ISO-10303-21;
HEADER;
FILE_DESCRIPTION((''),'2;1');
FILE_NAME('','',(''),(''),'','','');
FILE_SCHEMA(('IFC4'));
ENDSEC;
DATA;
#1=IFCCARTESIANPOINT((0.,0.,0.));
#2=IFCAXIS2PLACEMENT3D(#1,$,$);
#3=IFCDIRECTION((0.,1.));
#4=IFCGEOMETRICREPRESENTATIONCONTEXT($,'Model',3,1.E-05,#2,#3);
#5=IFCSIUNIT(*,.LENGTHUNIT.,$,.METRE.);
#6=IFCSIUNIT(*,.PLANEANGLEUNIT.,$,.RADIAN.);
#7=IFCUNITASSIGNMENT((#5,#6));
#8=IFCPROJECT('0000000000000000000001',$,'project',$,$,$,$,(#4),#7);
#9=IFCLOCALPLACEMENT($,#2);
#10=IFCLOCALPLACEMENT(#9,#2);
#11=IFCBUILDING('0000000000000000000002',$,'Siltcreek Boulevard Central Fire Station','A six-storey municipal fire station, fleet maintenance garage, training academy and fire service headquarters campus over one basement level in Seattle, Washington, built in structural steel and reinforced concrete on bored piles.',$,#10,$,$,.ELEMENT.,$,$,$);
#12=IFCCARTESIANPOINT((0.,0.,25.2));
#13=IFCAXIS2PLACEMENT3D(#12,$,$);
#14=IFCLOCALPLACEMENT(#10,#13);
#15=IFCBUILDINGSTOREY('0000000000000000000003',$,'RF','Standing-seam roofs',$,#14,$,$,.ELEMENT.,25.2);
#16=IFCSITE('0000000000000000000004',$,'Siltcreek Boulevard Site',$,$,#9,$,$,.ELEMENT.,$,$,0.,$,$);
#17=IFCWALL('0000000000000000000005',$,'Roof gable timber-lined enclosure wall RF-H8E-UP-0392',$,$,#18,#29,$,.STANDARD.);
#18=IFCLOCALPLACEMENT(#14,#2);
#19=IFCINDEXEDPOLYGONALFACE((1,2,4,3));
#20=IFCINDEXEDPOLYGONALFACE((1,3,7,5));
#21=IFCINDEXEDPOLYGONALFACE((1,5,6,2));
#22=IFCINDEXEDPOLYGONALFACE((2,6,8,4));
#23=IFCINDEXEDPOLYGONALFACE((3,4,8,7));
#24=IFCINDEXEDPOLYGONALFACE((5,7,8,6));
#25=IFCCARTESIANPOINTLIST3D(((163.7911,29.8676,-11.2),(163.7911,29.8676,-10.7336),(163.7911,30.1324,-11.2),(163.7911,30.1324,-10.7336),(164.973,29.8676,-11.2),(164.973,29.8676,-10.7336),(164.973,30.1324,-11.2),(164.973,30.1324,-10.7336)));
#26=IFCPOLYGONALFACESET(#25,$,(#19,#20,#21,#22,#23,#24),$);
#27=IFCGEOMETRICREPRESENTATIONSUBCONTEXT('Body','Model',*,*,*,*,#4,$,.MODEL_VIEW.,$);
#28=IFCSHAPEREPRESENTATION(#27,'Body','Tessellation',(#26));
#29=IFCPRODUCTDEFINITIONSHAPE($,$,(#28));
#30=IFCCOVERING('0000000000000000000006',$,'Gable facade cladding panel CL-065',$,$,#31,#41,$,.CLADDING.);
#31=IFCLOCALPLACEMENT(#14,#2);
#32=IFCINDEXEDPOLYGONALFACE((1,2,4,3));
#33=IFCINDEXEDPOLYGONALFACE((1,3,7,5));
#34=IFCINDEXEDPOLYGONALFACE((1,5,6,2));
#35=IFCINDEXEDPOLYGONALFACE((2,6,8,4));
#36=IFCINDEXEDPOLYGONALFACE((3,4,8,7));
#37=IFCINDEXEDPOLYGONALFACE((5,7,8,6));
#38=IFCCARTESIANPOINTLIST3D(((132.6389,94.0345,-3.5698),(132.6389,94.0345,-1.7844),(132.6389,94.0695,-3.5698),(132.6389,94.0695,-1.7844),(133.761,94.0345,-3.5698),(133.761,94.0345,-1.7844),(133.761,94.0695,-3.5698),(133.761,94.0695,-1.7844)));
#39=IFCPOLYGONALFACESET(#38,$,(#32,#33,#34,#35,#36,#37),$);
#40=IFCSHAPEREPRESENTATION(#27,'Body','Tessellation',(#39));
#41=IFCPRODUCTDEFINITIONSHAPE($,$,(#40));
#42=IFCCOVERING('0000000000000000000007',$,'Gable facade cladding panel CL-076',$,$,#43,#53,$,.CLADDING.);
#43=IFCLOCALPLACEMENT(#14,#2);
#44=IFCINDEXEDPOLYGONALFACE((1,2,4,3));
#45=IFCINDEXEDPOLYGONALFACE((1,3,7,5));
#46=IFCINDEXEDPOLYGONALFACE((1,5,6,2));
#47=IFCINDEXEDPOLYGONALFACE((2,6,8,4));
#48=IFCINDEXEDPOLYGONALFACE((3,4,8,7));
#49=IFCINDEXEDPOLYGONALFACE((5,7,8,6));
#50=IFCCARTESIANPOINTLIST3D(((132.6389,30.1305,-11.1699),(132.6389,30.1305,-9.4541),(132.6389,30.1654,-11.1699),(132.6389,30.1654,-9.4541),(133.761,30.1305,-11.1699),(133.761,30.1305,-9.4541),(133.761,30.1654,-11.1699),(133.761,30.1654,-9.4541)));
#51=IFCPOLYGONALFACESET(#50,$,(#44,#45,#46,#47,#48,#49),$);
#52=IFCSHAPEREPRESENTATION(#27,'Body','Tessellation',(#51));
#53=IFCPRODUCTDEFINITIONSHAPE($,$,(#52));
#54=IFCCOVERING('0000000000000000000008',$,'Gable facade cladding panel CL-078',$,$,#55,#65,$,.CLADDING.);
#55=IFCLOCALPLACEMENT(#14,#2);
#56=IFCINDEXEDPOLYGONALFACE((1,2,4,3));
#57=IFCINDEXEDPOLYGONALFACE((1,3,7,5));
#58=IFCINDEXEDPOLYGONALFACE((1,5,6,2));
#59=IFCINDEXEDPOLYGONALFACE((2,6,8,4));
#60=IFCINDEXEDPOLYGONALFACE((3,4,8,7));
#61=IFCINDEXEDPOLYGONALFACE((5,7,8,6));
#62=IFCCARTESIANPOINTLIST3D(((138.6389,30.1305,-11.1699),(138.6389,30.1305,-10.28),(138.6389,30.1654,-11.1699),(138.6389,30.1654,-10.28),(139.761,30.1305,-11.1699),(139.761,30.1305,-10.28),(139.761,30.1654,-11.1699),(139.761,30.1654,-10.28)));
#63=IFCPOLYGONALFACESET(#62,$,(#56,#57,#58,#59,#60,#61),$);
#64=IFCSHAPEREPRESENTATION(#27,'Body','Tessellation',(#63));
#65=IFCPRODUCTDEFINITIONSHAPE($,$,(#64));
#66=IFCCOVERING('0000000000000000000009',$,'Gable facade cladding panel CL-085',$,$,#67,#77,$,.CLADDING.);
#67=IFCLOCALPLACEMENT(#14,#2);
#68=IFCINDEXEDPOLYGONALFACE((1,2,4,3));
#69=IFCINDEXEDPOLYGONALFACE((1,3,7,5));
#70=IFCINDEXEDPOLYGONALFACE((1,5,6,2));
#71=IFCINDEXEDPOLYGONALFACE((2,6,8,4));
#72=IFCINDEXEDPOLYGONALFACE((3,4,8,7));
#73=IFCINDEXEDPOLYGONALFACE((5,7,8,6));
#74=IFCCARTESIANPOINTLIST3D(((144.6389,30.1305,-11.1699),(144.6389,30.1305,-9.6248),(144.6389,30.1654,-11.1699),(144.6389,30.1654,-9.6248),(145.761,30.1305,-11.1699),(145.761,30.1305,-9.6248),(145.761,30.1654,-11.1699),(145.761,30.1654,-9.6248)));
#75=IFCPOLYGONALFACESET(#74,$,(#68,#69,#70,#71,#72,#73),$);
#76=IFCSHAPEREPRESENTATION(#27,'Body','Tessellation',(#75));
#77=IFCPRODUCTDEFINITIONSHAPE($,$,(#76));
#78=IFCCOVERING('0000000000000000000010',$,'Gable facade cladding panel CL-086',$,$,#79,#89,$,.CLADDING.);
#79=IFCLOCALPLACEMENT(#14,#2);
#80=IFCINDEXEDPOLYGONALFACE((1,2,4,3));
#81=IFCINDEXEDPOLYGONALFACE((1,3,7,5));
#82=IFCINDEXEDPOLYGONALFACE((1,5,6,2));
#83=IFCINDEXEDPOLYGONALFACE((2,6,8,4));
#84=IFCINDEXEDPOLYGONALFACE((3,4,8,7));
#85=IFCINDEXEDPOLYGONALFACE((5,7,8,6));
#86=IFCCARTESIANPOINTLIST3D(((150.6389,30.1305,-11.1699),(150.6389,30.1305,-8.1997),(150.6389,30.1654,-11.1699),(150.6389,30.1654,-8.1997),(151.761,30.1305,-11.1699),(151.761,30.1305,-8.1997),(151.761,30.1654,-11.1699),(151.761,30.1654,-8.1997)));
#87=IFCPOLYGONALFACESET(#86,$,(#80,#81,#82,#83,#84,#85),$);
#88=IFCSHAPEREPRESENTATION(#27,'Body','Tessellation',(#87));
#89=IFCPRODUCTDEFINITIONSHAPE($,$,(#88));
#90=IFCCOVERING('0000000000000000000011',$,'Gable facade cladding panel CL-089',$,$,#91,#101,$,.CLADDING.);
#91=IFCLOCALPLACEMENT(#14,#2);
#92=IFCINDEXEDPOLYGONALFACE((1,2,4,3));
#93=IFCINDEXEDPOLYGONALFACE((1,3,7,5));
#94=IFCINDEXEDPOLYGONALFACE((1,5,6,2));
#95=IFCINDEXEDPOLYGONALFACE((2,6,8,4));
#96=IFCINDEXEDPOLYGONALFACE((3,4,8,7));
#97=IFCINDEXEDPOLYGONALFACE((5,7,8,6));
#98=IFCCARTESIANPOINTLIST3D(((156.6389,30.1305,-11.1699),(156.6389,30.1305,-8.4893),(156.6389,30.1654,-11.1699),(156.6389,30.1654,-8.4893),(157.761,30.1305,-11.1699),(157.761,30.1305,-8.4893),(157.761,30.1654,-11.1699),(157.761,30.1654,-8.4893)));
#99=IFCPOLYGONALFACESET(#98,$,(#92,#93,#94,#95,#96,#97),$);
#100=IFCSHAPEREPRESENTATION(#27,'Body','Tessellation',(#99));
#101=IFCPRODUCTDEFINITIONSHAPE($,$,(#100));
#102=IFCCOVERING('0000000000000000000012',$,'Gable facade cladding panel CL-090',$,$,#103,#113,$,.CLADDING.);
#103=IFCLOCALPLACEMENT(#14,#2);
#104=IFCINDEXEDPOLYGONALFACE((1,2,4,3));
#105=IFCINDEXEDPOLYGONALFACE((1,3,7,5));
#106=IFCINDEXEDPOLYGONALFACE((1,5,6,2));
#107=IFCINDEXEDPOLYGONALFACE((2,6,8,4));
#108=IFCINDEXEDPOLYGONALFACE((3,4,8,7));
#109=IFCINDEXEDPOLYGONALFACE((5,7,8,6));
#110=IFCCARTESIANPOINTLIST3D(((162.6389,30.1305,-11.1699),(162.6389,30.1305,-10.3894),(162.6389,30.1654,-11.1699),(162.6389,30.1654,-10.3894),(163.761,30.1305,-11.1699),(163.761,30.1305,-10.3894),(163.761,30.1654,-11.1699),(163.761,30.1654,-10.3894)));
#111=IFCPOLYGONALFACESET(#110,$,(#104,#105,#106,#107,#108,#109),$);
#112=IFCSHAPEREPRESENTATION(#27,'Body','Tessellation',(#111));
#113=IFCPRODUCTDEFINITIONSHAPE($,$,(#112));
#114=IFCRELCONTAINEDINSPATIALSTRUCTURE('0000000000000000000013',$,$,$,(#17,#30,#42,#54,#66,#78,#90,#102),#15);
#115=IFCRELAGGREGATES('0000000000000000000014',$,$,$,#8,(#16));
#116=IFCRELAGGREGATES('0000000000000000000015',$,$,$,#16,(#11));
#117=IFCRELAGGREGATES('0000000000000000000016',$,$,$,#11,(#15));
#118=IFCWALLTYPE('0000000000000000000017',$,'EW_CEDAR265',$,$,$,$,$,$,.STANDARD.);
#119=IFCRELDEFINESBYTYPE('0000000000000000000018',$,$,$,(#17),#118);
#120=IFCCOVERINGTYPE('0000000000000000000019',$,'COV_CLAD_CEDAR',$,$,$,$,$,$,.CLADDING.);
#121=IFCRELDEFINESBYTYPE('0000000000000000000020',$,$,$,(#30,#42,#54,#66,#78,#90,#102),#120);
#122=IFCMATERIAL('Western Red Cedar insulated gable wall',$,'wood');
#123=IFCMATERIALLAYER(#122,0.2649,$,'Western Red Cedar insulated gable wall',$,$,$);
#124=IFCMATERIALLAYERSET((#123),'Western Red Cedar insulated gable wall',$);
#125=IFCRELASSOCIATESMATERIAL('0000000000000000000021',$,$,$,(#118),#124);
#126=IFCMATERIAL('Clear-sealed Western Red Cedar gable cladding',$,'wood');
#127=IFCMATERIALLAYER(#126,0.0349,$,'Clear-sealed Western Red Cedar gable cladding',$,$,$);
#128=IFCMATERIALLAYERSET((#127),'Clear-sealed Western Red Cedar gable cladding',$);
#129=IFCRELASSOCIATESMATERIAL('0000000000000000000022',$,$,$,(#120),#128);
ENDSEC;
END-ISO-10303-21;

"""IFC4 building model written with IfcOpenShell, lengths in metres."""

from ifc_helpers import new_model, si_unit, direction, frame, frame_2d, origin, origin_2d, place, context, subcontext, project, spatial, rectangle, extrude, material, layer, layer_set, type_object, element, save


model = new_model("IFC4")

# Units and contexts
model_context = context("Model", 3, precision=1e-05, world=origin(), true_north=direction((0.0, 1.0)))
body_context = subcontext(model_context, "Body", "Model", "MODEL_VIEW")
ifc_project = project(units=[si_unit("LENGTHUNIT", "METRE"), si_unit("PLANEANGLEUNIT", "RADIAN")], contexts=[model_context])

# Site, building, storey
site_placement = place(None, origin())
site = spatial("IfcSite", under=ifc_project, at=site_placement, Name="Siltcreek Boulevard Site", CompositionType="ELEMENT", RefElevation=0.0)
building_placement = place(site_placement, origin())
building = spatial("IfcBuilding", under=site, at=building_placement, Name="Siltcreek Boulevard Central Fire Station", Description="A six-storey municipal fire station, fleet maintenance garage, training academy and fire service headquarters campus over one basement level in Seattle, Washington, built in structural steel and reinforced concrete on bored piles.", CompositionType="ELEMENT")
storey_placement = place(building_placement, frame((0.0, 0.0, 25.2)))
storey = spatial("IfcBuildingStorey", under=building, at=storey_placement, Name="RF", Description="Standing-seam roofs", CompositionType="ELEMENT", Elevation=25.2)

# Wall
ifc_material_1 = material(Name="Western Red Cedar insulated gable wall", Category="wood")
ifc_layer_1 = layer(ifc_material_1, 0.2649, Name="Western Red Cedar insulated gable wall")
ifc_layer_set_1 = layer_set([ifc_layer_1], Name="Western Red Cedar insulated gable wall")
wall_type = type_object("IfcWallType", Name="EW_CEDAR265", PredefinedType="STANDARD", material=ifc_layer_set_1)
wall_1_placement = place(storey_placement, frame((164.9729, 30.0, -11.2), z_axis=(0.0, 0.0, 1.0), x_axis=(-1.0, 0.0, 0.0)))
element("IfcWall", 1, at=wall_1_placement, inside=storey, type_object=wall_type, Name="Roof gable timber-lined enclosure wall RF-H8E-UP-0392", PredefinedType="STANDARD", context=body_context, shape_type="SweptSolid", body=[
    extrude(rectangle(XDim=1.1819, YDim=0.2649, at=frame_2d((0.5908, 0.0))), origin(), (0.0, 0.0, 1.0), 0.4663),
])

# Coverings
ifc_material_2 = material(Name="Clear-sealed Western Red Cedar gable cladding", Category="wood")
ifc_layer_2 = layer(ifc_material_2, 0.0349, Name="Clear-sealed Western Red Cedar gable cladding")
ifc_layer_set_2 = layer_set([ifc_layer_2], Name="Clear-sealed Western Red Cedar gable cladding")
covering_type = type_object("IfcCoveringType", Name="COV_CLAD_CEDAR", PredefinedType="CLADDING", material=ifc_layer_set_2)
covering_1_placement = place(storey_placement, frame((133.2, 94.052, -3.5698), z_axis=(0.0, 0.0, 1.0), x_axis=(1.0, 0.0, 0.0)))
element("IfcCovering", 2, at=covering_1_placement, inside=storey, type_object=covering_type, Name="Gable facade cladding panel CL-065", PredefinedType="CLADDING", context=body_context, shape_type="SweptSolid", body=[
    extrude(rectangle(XDim=1.1221, YDim=0.0349, at=origin_2d()), origin(), (0.0, 0.0, 1.0), 1.7854),
])
covering_2_placement = place(storey_placement, frame((133.2, 30.1479, -11.1699), z_axis=(0.0, 0.0, 1.0), x_axis=(-1.0, 0.0, 0.0)))
element("IfcCovering", 3, at=covering_2_placement, inside=storey, type_object=covering_type, Name="Gable facade cladding panel CL-076", PredefinedType="CLADDING", context=body_context, shape_type="SweptSolid", body=[
    extrude(rectangle(XDim=1.1221, YDim=0.0349, at=origin_2d()), origin(), (0.0, 0.0, 1.0), 1.7158),
])
covering_3_placement = place(storey_placement, frame((139.2, 30.1479, -11.1699), z_axis=(0.0, 0.0, 1.0), x_axis=(-1.0, 0.0, 0.0)))
element("IfcCovering", 4, at=covering_3_placement, inside=storey, type_object=covering_type, Name="Gable facade cladding panel CL-078", PredefinedType="CLADDING", context=body_context, shape_type="SweptSolid", body=[
    extrude(rectangle(XDim=1.1221, YDim=0.0349, at=origin_2d()), origin(), (0.0, 0.0, 1.0), 0.8899),
])
covering_4_placement = place(storey_placement, frame((145.2, 30.1479, -11.1699), z_axis=(0.0, 0.0, 1.0), x_axis=(-1.0, 0.0, 0.0)))
element("IfcCovering", 5, at=covering_4_placement, inside=storey, type_object=covering_type, Name="Gable facade cladding panel CL-085", PredefinedType="CLADDING", context=body_context, shape_type="SweptSolid", body=[
    extrude(rectangle(XDim=1.1221, YDim=0.0349, at=origin_2d()), origin(), (0.0, 0.0, 1.0), 1.5452),
])
covering_5_placement = place(storey_placement, frame((151.2, 30.1479, -11.1699), z_axis=(0.0, 0.0, 1.0), x_axis=(-1.0, 0.0, 0.0)))
element("IfcCovering", 6, at=covering_5_placement, inside=storey, type_object=covering_type, Name="Gable facade cladding panel CL-086", PredefinedType="CLADDING", context=body_context, shape_type="SweptSolid", body=[
    extrude(rectangle(XDim=1.1221, YDim=0.0349, at=origin_2d()), origin(), (0.0, 0.0, 1.0), 2.9702),
])
covering_6_placement = place(storey_placement, frame((157.2, 30.1479, -11.1699), z_axis=(0.0, 0.0, 1.0), x_axis=(-1.0, 0.0, 0.0)))
element("IfcCovering", 7, at=covering_6_placement, inside=storey, type_object=covering_type, Name="Gable facade cladding panel CL-089", PredefinedType="CLADDING", context=body_context, shape_type="SweptSolid", body=[
    extrude(rectangle(XDim=1.1221, YDim=0.0349, at=origin_2d()), origin(), (0.0, 0.0, 1.0), 2.6807),
])
covering_7_placement = place(storey_placement, frame((163.2, 30.1479, -11.1699), z_axis=(0.0, 0.0, 1.0), x_axis=(-1.0, 0.0, 0.0)))
element("IfcCovering", 8, at=covering_7_placement, inside=storey, type_object=covering_type, Name="Gable facade cladding panel CL-090", PredefinedType="CLADDING", context=body_context, shape_type="SweptSolid", body=[
    extrude(rectangle(XDim=1.1221, YDim=0.0349, at=origin_2d()), origin(), (0.0, 0.0, 1.0), 0.7805),
])

save(model, "model.ifc")
